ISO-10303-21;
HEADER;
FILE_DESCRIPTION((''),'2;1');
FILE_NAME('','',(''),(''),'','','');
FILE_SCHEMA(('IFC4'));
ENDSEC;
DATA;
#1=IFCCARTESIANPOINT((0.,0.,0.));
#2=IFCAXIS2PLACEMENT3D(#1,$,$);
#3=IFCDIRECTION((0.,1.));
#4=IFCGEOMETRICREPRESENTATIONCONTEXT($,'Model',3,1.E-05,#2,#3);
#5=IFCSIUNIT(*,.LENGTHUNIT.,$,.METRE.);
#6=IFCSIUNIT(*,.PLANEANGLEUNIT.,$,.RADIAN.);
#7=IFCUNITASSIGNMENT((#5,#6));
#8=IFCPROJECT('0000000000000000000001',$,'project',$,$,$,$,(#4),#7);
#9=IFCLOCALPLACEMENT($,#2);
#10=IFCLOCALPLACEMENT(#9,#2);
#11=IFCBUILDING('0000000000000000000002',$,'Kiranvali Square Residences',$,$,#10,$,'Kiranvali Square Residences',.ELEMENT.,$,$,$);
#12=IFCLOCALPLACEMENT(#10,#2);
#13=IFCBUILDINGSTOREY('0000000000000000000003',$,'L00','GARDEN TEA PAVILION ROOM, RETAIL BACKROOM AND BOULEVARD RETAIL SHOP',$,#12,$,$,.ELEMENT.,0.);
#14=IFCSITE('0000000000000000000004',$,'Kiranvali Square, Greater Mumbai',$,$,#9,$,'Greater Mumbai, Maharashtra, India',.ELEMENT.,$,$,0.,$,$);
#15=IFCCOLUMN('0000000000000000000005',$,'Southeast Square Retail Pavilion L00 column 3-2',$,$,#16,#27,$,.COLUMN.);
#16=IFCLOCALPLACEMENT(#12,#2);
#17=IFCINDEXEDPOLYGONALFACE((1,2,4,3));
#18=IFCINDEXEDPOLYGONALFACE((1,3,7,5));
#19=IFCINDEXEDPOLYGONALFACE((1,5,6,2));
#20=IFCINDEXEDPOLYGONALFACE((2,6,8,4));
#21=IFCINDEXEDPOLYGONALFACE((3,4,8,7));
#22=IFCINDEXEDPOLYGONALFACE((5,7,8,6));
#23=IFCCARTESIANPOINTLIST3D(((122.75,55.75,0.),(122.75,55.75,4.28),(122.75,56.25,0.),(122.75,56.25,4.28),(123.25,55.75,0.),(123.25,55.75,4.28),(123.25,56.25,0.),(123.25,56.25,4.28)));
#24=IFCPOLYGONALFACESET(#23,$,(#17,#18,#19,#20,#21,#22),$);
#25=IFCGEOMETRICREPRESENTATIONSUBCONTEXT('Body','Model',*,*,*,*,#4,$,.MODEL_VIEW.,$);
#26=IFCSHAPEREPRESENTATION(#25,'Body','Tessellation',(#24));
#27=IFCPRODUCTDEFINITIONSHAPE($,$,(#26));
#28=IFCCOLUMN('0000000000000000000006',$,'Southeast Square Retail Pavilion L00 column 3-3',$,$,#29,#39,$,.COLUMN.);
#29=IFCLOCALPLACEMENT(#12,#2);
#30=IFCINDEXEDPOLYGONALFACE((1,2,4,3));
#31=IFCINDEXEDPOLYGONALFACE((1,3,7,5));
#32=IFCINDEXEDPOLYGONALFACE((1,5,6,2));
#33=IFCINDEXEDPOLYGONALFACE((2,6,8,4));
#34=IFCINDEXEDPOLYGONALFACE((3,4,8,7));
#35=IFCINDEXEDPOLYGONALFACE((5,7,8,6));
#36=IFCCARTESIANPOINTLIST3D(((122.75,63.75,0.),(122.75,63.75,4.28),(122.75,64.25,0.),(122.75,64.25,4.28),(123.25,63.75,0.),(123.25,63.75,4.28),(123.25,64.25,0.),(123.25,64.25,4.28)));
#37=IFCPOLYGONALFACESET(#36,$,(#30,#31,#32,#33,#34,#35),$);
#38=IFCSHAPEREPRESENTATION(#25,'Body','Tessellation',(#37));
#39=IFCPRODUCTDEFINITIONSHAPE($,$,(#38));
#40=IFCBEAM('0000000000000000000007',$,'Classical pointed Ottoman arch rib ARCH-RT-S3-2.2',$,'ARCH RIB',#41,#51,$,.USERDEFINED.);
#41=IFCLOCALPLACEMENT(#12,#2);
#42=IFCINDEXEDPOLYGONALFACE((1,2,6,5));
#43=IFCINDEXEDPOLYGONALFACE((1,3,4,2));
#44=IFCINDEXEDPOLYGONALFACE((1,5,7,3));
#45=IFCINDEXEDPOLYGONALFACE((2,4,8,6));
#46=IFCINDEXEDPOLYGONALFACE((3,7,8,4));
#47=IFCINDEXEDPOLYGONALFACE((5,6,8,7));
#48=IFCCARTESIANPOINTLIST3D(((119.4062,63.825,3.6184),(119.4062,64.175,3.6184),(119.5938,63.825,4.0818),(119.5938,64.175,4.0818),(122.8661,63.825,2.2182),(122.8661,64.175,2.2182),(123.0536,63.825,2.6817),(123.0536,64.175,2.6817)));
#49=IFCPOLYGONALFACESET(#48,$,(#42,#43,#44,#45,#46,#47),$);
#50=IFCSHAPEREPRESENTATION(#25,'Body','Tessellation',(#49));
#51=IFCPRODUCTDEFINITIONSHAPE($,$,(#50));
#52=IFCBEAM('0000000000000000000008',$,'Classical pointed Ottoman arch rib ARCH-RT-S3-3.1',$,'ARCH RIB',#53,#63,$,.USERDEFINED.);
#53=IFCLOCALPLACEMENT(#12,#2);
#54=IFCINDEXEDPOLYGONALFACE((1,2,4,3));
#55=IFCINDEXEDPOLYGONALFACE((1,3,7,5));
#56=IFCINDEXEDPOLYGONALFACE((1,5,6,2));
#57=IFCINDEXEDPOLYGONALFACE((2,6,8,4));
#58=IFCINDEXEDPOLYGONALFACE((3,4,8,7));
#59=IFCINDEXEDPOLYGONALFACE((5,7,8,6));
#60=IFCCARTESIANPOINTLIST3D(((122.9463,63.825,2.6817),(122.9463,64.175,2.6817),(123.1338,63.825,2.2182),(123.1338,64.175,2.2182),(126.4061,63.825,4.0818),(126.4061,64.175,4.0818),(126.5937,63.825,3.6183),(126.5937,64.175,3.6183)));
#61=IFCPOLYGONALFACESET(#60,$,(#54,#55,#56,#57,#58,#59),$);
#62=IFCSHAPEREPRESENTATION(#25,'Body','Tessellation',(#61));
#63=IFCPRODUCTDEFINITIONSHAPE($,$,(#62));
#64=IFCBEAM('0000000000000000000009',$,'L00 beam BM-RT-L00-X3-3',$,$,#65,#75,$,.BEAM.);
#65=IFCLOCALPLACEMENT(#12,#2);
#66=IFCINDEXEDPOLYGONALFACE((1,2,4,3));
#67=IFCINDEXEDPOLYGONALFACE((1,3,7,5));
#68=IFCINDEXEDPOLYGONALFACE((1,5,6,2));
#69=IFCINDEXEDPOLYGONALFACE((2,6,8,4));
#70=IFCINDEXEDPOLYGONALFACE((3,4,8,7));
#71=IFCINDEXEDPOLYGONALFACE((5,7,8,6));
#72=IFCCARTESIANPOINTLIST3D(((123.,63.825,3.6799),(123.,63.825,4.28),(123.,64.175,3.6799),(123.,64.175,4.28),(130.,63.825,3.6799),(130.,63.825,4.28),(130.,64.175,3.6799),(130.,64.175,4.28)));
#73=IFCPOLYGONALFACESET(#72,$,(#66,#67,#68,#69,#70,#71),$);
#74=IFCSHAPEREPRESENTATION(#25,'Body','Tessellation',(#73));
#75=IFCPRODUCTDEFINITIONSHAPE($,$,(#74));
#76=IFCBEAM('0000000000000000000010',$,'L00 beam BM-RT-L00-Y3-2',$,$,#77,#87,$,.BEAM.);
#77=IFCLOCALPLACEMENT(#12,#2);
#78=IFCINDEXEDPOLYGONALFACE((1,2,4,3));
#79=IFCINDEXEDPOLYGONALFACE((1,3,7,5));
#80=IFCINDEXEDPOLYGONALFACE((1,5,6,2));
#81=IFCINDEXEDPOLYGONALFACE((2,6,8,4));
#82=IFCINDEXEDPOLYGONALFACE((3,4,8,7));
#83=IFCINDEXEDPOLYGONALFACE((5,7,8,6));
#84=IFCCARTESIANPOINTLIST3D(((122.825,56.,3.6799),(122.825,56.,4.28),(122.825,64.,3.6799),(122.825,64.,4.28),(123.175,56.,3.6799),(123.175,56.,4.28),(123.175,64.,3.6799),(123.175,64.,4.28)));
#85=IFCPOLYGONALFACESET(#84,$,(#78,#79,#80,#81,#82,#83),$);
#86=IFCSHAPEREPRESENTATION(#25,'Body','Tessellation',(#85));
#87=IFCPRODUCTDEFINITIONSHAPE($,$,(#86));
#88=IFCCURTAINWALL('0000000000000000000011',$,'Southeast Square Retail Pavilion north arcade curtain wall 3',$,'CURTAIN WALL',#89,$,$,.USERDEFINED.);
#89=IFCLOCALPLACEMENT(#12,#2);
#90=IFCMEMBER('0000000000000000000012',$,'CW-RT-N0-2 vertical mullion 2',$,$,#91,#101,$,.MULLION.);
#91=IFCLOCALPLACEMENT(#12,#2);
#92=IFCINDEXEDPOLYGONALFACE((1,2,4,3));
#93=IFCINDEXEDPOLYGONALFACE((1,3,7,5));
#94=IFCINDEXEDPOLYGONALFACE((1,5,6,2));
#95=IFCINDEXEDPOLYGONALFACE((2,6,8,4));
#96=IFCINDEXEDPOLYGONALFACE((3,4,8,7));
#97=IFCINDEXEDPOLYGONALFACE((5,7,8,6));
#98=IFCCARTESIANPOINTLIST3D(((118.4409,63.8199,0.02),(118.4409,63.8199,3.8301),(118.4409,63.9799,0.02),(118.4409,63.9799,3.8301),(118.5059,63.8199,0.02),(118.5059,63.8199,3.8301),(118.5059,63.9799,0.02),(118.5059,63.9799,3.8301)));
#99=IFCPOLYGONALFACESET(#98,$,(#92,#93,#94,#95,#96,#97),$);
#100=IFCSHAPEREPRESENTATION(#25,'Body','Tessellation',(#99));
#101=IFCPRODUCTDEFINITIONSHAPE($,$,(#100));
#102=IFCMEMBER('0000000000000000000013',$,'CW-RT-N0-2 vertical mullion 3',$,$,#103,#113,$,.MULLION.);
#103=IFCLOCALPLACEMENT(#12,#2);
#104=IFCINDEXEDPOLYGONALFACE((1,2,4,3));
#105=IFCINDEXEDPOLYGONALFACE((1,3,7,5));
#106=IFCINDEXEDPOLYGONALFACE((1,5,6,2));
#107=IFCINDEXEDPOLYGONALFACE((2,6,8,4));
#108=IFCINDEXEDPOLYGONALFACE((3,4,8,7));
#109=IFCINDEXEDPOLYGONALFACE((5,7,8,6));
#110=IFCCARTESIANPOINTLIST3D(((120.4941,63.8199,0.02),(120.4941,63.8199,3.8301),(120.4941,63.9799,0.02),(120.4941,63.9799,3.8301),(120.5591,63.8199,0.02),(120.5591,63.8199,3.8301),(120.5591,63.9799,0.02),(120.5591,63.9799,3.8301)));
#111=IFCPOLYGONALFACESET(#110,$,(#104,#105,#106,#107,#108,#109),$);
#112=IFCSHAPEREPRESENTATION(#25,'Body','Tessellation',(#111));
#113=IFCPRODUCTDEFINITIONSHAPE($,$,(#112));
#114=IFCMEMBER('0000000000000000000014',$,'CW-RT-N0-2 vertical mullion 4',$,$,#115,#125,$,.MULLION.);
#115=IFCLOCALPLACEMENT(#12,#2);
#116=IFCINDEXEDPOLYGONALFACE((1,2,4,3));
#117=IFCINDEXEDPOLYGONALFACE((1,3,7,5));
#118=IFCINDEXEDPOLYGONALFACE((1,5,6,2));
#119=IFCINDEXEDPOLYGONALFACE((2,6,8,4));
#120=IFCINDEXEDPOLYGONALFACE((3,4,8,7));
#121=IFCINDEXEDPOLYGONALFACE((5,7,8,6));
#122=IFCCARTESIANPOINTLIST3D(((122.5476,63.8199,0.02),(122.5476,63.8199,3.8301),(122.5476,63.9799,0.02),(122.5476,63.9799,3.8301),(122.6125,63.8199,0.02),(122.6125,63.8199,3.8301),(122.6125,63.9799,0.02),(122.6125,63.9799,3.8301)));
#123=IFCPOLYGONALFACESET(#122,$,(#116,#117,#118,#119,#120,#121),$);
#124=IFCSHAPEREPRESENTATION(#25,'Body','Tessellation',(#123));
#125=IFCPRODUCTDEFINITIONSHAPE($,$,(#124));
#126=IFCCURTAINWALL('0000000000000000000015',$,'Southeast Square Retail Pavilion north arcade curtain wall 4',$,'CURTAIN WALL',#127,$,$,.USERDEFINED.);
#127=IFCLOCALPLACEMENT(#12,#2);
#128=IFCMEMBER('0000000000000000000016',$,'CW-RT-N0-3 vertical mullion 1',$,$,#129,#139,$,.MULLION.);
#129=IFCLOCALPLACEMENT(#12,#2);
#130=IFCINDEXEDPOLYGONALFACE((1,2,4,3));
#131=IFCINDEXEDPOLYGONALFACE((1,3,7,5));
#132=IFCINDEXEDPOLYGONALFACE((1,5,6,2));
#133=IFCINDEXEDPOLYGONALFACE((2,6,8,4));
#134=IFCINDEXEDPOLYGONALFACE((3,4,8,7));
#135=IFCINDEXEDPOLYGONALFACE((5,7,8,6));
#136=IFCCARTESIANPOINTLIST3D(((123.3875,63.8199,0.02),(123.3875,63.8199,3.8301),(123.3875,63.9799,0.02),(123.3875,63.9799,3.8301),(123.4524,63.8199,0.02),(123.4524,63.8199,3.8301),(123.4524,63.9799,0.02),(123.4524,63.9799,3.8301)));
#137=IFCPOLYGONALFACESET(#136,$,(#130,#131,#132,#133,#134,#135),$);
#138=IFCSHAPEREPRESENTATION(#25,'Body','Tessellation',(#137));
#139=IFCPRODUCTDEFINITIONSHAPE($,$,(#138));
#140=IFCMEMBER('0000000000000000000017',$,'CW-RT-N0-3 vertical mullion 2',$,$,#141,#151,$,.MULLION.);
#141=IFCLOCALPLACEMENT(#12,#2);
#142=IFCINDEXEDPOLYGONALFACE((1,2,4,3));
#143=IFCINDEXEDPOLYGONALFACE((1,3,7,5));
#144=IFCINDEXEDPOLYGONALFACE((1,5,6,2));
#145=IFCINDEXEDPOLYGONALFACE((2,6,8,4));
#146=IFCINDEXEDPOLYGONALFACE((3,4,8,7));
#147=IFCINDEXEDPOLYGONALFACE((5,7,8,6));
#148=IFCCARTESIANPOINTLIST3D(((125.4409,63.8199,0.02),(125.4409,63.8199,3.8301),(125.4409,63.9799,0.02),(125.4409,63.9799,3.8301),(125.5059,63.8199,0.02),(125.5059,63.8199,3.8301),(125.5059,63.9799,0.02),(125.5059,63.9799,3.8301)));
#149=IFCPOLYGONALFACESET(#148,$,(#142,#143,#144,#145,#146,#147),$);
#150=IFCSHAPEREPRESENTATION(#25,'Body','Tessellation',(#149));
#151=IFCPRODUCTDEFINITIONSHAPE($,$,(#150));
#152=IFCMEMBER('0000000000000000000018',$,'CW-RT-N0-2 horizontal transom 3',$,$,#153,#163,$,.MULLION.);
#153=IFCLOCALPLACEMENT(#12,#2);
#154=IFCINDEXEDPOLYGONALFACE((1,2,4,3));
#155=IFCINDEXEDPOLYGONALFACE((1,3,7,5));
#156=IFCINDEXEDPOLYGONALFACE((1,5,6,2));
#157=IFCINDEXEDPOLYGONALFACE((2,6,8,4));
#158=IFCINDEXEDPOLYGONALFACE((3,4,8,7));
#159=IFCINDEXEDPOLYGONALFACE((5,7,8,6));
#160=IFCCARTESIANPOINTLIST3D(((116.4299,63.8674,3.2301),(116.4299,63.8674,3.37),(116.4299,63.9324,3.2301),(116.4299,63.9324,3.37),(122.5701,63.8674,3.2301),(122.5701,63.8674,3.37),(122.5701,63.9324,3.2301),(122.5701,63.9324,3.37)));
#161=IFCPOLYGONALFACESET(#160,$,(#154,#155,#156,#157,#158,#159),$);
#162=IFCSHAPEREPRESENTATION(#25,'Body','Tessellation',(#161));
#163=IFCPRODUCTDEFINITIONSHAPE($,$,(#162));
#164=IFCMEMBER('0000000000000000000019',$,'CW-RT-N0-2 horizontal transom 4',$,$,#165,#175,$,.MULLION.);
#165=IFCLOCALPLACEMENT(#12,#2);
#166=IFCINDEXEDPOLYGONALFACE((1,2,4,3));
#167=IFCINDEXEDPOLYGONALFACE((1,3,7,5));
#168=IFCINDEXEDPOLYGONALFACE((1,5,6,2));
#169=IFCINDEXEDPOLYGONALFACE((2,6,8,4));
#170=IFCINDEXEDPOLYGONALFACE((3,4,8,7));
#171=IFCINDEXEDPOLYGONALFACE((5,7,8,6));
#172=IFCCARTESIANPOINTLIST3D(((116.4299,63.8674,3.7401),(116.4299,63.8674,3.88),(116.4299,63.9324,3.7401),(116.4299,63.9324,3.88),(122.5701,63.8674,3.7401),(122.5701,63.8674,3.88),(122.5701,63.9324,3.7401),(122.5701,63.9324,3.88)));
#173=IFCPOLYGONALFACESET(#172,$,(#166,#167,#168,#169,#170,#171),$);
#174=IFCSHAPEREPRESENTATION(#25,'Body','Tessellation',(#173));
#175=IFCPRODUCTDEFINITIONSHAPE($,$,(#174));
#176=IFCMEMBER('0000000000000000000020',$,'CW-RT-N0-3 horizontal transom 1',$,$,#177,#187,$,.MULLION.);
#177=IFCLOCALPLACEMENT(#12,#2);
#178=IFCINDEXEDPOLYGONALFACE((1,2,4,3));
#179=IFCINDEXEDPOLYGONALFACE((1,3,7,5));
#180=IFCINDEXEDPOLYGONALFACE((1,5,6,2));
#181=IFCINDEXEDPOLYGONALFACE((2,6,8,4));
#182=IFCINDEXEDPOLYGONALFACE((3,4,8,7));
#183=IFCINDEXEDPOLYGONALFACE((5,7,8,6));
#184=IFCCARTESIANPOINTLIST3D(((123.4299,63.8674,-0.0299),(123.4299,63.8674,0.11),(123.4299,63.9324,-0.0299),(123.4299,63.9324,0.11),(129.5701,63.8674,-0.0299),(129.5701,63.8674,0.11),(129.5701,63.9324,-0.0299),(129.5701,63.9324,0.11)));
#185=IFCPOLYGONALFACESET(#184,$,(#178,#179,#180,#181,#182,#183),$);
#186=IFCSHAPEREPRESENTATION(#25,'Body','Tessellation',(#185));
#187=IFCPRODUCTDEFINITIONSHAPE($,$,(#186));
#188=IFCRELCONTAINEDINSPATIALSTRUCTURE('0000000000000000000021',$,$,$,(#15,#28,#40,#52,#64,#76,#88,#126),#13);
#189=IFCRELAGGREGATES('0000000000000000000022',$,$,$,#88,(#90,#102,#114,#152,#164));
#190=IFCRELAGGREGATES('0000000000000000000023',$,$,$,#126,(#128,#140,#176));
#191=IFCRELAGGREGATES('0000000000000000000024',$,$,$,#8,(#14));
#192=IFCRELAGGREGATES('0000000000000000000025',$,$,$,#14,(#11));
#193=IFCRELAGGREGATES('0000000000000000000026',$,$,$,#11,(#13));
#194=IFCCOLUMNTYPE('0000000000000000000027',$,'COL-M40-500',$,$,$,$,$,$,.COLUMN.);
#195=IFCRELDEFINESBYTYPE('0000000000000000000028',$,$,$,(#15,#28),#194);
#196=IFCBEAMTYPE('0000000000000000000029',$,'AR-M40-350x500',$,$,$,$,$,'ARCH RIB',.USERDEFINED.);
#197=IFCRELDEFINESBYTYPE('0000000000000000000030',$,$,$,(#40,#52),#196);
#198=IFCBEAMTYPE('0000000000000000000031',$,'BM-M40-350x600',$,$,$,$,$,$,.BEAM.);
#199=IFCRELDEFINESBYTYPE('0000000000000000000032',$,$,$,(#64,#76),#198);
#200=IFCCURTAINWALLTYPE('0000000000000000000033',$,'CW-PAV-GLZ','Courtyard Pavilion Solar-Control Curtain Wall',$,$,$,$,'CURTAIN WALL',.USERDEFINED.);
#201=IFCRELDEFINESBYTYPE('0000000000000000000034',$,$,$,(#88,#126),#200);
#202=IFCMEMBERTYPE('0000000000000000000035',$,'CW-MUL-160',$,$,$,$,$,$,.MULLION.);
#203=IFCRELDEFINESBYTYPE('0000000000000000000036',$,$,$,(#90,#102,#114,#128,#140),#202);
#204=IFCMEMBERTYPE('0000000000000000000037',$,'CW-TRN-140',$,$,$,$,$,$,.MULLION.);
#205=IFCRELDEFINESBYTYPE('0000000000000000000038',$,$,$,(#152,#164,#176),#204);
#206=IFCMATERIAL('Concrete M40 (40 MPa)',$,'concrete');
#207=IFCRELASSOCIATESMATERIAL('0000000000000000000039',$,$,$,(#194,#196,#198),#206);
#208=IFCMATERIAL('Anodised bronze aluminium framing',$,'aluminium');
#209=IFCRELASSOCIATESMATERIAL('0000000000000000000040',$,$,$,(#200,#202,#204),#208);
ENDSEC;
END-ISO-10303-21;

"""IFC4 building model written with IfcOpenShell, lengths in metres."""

from ifc_helpers import new_model, si_unit, direction, frame, origin, origin_2d, place, context, subcontext, project, spatial, rectangle, extrude, material, material_profile, profile_set, type_object, element, aggregate, save


model = new_model("IFC4")

# Units and contexts
model_context = context("Model", 3, precision=1e-05, world=origin(), true_north=direction((0.0, 1.0)))
body_context = subcontext(model_context, "Body", "Model", "MODEL_VIEW")
ifc_project = project(units=[si_unit("LENGTHUNIT", "METRE"), si_unit("PLANEANGLEUNIT", "RADIAN")], contexts=[model_context])

# Site, building, storey
site_placement = place(None, origin())
site = spatial("IfcSite", under=ifc_project, at=site_placement, Name="Kiranvali Square, Greater Mumbai", LongName="Greater Mumbai, Maharashtra, India", CompositionType="ELEMENT", RefElevation=0.0)
building_placement = place(site_placement, origin())
building = spatial("IfcBuilding", under=site, at=building_placement, Name="Kiranvali Square Residences", LongName="Kiranvali Square Residences", CompositionType="ELEMENT")
storey_placement = place(building_placement, origin())
storey = spatial("IfcBuildingStorey", under=building, at=storey_placement, Name="L00", Description="GARDEN TEA PAVILION ROOM, RETAIL BACKROOM AND BOULEVARD RETAIL SHOP", CompositionType="ELEMENT", Elevation=0.0)

# Columns
ifc_material_1 = material(Name="Concrete M40 (40 MPa)", Category="concrete")
ifc_material_profile_1 = material_profile(ifc_material_1, rectangle(XDim=0.5, YDim=0.5, at=origin_2d()), Name="RC 500x500")
ifc_profile_set_1 = profile_set([ifc_material_profile_1], Name="Concrete M40 (40 MPa)")
column_type = type_object("IfcColumnType", Name="COL-M40-500", PredefinedType="COLUMN", material=ifc_profile_set_1)
for number, where, z_axis, x_axis, name in (
    (1, (123.0, 56.0, 0.0), (0.0, 0.0, 1.0), (1.0, 0.0, 0.0), "Southeast Square Retail Pavilion L00 column 3-2"),
    (2, (123.0, 64.0, 0.0), (0.0, 0.0, 1.0), (1.0, 0.0, 0.0), "Southeast Square Retail Pavilion L00 column 3-3"),
):
    element("IfcColumn", number, at=place(storey_placement, frame(where, z_axis=z_axis, x_axis=x_axis)), inside=storey, type_object=column_type, Name=name, PredefinedType="COLUMN", context=body_context, shape_type="SweptSolid", body=[
        extrude(rectangle(XDim=0.5, YDim=0.5, at=origin_2d()), origin(), (0.0, 0.0, 1.0), 4.28),
    ])

# Beams
ifc_material_profile_2 = material_profile(ifc_material_1, rectangle(XDim=0.3501, YDim=0.5, at=origin_2d()), Name="RC 350x500")
ifc_profile_set_2 = profile_set([ifc_material_profile_2], Name="Concrete M40 (40 MPa)")
beam_type_1 = type_object("IfcBeamType", Name="AR-M40-350x500", ElementType="ARCH RIB", PredefinedType="USERDEFINED", material=ifc_profile_set_2)
for number, where, z_axis, x_axis, name in (
    (3, (119.5, 64.0, 3.8501), (0.926976, 0.0, -0.37512), (0.0, 1.0, 0.0), "Classical pointed Ottoman arch rib ARCH-RT-S3-2.2"),
    (4, (123.04, 64.0, 2.45), (0.926976, 0.0, 0.37512), (0.0, 1.0, 0.0), "Classical pointed Ottoman arch rib ARCH-RT-S3-3.1"),
):
    element("IfcBeam", number, at=place(storey_placement, frame(where, z_axis=z_axis, x_axis=x_axis)), inside=storey, type_object=beam_type_1, Name=name, ObjectType="ARCH RIB", PredefinedType="USERDEFINED", context=body_context, shape_type="SweptSolid", body=[
        extrude(rectangle(XDim=0.3501, YDim=0.5, at=origin_2d()), origin(), (0.0, 0.0, 1.0), 3.7324),
    ])
ifc_material_profile_3 = material_profile(ifc_material_1, rectangle(XDim=0.3501, YDim=0.6001, at=origin_2d()), Name="RC 350x600")
ifc_profile_set_3 = profile_set([ifc_material_profile_3], Name="Concrete M40 (40 MPa)")
beam_type_2 = type_object("IfcBeamType", Name="BM-M40-350x600", PredefinedType="BEAM", material=ifc_profile_set_3)
beam_1_placement = place(storey_placement, frame((123.0, 64.0, 3.98), z_axis=(1.0, 0.0, 0.0), x_axis=(0.0, 1.0, 0.0)))
element("IfcBeam", 5, at=beam_1_placement, inside=storey, type_object=beam_type_2, Name="L00 beam BM-RT-L00-X3-3", PredefinedType="BEAM", context=body_context, shape_type="SweptSolid", body=[
    extrude(rectangle(XDim=0.3501, YDim=0.6001, at=origin_2d()), origin(), (0.0, 0.0, 1.0), 7.0),
])
beam_2_placement = place(storey_placement, frame((123.0, 56.0, 3.98), z_axis=(0.0, 1.0, 0.0), x_axis=(-1.0, 0.0, 0.0)))
element("IfcBeam", 6, at=beam_2_placement, inside=storey, type_object=beam_type_2, Name="L00 beam BM-RT-L00-Y3-2", PredefinedType="BEAM", context=body_context, shape_type="SweptSolid", body=[
    extrude(rectangle(XDim=0.3501, YDim=0.6001, at=origin_2d()), origin(), (0.0, 0.0, 1.0), 8.0),
])

# Curtain walls, members
ifc_material_2 = material(Name="Anodised bronze aluminium framing", Category="aluminium")
curtain_wall_type = type_object("IfcCurtainWallType", Name="CW-PAV-GLZ", Description="Courtyard Pavilion Solar-Control Curtain Wall", ElementType="CURTAIN WALL", PredefinedType="USERDEFINED", material=ifc_material_2)
curtain_wall_1_placement = place(storey_placement, origin())
curtain_wall_1 = element("IfcCurtainWall", 7, at=curtain_wall_1_placement, inside=storey, type_object=curtain_wall_type, Name="Southeast Square Retail Pavilion north arcade curtain wall 3", ObjectType="CURTAIN WALL", PredefinedType="USERDEFINED")
ifc_material_profile_4 = material_profile(ifc_material_2, rectangle(XDim=0.0649, YDim=0.1599, at=origin_2d()), Name="ALU 65x160")
ifc_profile_set_4 = profile_set([ifc_material_profile_4], Name="Anodised bronze aluminium framing")
member_type_1 = type_object("IfcMemberType", Name="CW-MUL-160", PredefinedType="MULLION", material=ifc_profile_set_4)
member_1_placement = place(storey_placement, frame((118.4734, 63.8999, 0.02), z_axis=(0.0, 0.0, 1.0), x_axis=(1.0, 0.0, 0.0)))
member_1 = element("IfcMember", 8, at=member_1_placement, type_object=member_type_1, Name="CW-RT-N0-2 vertical mullion 2", PredefinedType="MULLION", context=body_context, shape_type="SweptSolid", body=[
    extrude(rectangle(XDim=0.0649, YDim=0.1599, at=origin_2d()), origin(), (0.0, 0.0, 1.0), 3.8101),
])
member_2_placement = place(storey_placement, frame((120.5266, 63.8999, 0.02), z_axis=(0.0, 0.0, 1.0), x_axis=(1.0, 0.0, 0.0)))
member_2 = element("IfcMember", 9, at=member_2_placement, type_object=member_type_1, Name="CW-RT-N0-2 vertical mullion 3", PredefinedType="MULLION", context=body_context, shape_type="SweptSolid", body=[
    extrude(rectangle(XDim=0.0649, YDim=0.1599, at=origin_2d()), origin(), (0.0, 0.0, 1.0), 3.8101),
])
member_3_placement = place(storey_placement, frame((122.5801, 63.8999, 0.02), z_axis=(0.0, 0.0, 1.0), x_axis=(1.0, 0.0, 0.0)))
member_3 = element("IfcMember", 10, at=member_3_placement, type_object=member_type_1, Name="CW-RT-N0-2 vertical mullion 4", PredefinedType="MULLION", context=body_context, shape_type="SweptSolid", body=[
    extrude(rectangle(XDim=0.0649, YDim=0.1599, at=origin_2d()), origin(), (0.0, 0.0, 1.0), 3.8101),
])
curtain_wall_2_placement = place(storey_placement, origin())
curtain_wall_2 = element("IfcCurtainWall", 11, at=curtain_wall_2_placement, inside=storey, type_object=curtain_wall_type, Name="Southeast Square Retail Pavilion north arcade curtain wall 4", ObjectType="CURTAIN WALL", PredefinedType="USERDEFINED")
member_4_placement = place(storey_placement, frame((123.4199, 63.8999, 0.02), z_axis=(0.0, 0.0, 1.0), x_axis=(1.0, 0.0, 0.0)))
member_4 = element("IfcMember", 12, at=member_4_placement, type_object=member_type_1, Name="CW-RT-N0-3 vertical mullion 1", PredefinedType="MULLION", context=body_context, shape_type="SweptSolid", body=[
    extrude(rectangle(XDim=0.0649, YDim=0.1599, at=origin_2d()), origin(), (0.0, 0.0, 1.0), 3.8101),
])
member_5_placement = place(storey_placement, frame((125.4734, 63.8999, 0.02), z_axis=(0.0, 0.0, 1.0), x_axis=(1.0, 0.0, 0.0)))
member_5 = element("IfcMember", 13, at=member_5_placement, type_object=member_type_1, Name="CW-RT-N0-3 vertical mullion 2", PredefinedType="MULLION", context=body_context, shape_type="SweptSolid", body=[
    extrude(rectangle(XDim=0.0649, YDim=0.1599, at=origin_2d()), origin(), (0.0, 0.0, 1.0), 3.8101),
])

# Members
ifc_material_profile_5 = material_profile(ifc_material_2, rectangle(XDim=0.0649, YDim=0.1399, at=origin_2d()), Name="ALU 65x140")
ifc_profile_set_5 = profile_set([ifc_material_profile_5], Name="Anodised bronze aluminium framing")
member_type_2 = type_object("IfcMemberType", Name="CW-TRN-140", PredefinedType="MULLION", material=ifc_profile_set_5)
member_6_placement = place(storey_placement, frame((116.4299, 63.8999, 3.3), z_axis=(1.0, 0.0, 0.0), x_axis=(0.0, 1.0, 0.0)))
member_6 = element("IfcMember", 14, at=member_6_placement, type_object=member_type_2, Name="CW-RT-N0-2 horizontal transom 3", PredefinedType="MULLION", context=body_context, shape_type="SweptSolid", body=[
    extrude(rectangle(XDim=0.0649, YDim=0.1399, at=origin_2d()), origin(), (0.0, 0.0, 1.0), 6.1401),
])
member_7_placement = place(storey_placement, frame((116.4299, 63.8999, 3.8101), z_axis=(1.0, 0.0, 0.0), x_axis=(0.0, 1.0, 0.0)))
member_7 = element("IfcMember", 15, at=member_7_placement, type_object=member_type_2, Name="CW-RT-N0-2 horizontal transom 4", PredefinedType="MULLION", context=body_context, shape_type="SweptSolid", body=[
    extrude(rectangle(XDim=0.0649, YDim=0.1399, at=origin_2d()), origin(), (0.0, 0.0, 1.0), 6.1401),
])
member_8_placement = place(storey_placement, frame((123.4299, 63.8999, 0.04), z_axis=(1.0, 0.0, 0.0), x_axis=(0.0, 1.0, 0.0)))
member_8 = element("IfcMember", 16, at=member_8_placement, type_object=member_type_2, Name="CW-RT-N0-3 horizontal transom 1", PredefinedType="MULLION", context=body_context, shape_type="SweptSolid", body=[
    extrude(rectangle(XDim=0.0649, YDim=0.1399, at=origin_2d()), origin(), (0.0, 0.0, 1.0), 6.1401),
])

aggregate(curtain_wall_1, [member_1, member_2, member_3, member_6, member_7])
aggregate(curtain_wall_2, [member_4, member_5, member_8])

save(model, "model.ifc")
